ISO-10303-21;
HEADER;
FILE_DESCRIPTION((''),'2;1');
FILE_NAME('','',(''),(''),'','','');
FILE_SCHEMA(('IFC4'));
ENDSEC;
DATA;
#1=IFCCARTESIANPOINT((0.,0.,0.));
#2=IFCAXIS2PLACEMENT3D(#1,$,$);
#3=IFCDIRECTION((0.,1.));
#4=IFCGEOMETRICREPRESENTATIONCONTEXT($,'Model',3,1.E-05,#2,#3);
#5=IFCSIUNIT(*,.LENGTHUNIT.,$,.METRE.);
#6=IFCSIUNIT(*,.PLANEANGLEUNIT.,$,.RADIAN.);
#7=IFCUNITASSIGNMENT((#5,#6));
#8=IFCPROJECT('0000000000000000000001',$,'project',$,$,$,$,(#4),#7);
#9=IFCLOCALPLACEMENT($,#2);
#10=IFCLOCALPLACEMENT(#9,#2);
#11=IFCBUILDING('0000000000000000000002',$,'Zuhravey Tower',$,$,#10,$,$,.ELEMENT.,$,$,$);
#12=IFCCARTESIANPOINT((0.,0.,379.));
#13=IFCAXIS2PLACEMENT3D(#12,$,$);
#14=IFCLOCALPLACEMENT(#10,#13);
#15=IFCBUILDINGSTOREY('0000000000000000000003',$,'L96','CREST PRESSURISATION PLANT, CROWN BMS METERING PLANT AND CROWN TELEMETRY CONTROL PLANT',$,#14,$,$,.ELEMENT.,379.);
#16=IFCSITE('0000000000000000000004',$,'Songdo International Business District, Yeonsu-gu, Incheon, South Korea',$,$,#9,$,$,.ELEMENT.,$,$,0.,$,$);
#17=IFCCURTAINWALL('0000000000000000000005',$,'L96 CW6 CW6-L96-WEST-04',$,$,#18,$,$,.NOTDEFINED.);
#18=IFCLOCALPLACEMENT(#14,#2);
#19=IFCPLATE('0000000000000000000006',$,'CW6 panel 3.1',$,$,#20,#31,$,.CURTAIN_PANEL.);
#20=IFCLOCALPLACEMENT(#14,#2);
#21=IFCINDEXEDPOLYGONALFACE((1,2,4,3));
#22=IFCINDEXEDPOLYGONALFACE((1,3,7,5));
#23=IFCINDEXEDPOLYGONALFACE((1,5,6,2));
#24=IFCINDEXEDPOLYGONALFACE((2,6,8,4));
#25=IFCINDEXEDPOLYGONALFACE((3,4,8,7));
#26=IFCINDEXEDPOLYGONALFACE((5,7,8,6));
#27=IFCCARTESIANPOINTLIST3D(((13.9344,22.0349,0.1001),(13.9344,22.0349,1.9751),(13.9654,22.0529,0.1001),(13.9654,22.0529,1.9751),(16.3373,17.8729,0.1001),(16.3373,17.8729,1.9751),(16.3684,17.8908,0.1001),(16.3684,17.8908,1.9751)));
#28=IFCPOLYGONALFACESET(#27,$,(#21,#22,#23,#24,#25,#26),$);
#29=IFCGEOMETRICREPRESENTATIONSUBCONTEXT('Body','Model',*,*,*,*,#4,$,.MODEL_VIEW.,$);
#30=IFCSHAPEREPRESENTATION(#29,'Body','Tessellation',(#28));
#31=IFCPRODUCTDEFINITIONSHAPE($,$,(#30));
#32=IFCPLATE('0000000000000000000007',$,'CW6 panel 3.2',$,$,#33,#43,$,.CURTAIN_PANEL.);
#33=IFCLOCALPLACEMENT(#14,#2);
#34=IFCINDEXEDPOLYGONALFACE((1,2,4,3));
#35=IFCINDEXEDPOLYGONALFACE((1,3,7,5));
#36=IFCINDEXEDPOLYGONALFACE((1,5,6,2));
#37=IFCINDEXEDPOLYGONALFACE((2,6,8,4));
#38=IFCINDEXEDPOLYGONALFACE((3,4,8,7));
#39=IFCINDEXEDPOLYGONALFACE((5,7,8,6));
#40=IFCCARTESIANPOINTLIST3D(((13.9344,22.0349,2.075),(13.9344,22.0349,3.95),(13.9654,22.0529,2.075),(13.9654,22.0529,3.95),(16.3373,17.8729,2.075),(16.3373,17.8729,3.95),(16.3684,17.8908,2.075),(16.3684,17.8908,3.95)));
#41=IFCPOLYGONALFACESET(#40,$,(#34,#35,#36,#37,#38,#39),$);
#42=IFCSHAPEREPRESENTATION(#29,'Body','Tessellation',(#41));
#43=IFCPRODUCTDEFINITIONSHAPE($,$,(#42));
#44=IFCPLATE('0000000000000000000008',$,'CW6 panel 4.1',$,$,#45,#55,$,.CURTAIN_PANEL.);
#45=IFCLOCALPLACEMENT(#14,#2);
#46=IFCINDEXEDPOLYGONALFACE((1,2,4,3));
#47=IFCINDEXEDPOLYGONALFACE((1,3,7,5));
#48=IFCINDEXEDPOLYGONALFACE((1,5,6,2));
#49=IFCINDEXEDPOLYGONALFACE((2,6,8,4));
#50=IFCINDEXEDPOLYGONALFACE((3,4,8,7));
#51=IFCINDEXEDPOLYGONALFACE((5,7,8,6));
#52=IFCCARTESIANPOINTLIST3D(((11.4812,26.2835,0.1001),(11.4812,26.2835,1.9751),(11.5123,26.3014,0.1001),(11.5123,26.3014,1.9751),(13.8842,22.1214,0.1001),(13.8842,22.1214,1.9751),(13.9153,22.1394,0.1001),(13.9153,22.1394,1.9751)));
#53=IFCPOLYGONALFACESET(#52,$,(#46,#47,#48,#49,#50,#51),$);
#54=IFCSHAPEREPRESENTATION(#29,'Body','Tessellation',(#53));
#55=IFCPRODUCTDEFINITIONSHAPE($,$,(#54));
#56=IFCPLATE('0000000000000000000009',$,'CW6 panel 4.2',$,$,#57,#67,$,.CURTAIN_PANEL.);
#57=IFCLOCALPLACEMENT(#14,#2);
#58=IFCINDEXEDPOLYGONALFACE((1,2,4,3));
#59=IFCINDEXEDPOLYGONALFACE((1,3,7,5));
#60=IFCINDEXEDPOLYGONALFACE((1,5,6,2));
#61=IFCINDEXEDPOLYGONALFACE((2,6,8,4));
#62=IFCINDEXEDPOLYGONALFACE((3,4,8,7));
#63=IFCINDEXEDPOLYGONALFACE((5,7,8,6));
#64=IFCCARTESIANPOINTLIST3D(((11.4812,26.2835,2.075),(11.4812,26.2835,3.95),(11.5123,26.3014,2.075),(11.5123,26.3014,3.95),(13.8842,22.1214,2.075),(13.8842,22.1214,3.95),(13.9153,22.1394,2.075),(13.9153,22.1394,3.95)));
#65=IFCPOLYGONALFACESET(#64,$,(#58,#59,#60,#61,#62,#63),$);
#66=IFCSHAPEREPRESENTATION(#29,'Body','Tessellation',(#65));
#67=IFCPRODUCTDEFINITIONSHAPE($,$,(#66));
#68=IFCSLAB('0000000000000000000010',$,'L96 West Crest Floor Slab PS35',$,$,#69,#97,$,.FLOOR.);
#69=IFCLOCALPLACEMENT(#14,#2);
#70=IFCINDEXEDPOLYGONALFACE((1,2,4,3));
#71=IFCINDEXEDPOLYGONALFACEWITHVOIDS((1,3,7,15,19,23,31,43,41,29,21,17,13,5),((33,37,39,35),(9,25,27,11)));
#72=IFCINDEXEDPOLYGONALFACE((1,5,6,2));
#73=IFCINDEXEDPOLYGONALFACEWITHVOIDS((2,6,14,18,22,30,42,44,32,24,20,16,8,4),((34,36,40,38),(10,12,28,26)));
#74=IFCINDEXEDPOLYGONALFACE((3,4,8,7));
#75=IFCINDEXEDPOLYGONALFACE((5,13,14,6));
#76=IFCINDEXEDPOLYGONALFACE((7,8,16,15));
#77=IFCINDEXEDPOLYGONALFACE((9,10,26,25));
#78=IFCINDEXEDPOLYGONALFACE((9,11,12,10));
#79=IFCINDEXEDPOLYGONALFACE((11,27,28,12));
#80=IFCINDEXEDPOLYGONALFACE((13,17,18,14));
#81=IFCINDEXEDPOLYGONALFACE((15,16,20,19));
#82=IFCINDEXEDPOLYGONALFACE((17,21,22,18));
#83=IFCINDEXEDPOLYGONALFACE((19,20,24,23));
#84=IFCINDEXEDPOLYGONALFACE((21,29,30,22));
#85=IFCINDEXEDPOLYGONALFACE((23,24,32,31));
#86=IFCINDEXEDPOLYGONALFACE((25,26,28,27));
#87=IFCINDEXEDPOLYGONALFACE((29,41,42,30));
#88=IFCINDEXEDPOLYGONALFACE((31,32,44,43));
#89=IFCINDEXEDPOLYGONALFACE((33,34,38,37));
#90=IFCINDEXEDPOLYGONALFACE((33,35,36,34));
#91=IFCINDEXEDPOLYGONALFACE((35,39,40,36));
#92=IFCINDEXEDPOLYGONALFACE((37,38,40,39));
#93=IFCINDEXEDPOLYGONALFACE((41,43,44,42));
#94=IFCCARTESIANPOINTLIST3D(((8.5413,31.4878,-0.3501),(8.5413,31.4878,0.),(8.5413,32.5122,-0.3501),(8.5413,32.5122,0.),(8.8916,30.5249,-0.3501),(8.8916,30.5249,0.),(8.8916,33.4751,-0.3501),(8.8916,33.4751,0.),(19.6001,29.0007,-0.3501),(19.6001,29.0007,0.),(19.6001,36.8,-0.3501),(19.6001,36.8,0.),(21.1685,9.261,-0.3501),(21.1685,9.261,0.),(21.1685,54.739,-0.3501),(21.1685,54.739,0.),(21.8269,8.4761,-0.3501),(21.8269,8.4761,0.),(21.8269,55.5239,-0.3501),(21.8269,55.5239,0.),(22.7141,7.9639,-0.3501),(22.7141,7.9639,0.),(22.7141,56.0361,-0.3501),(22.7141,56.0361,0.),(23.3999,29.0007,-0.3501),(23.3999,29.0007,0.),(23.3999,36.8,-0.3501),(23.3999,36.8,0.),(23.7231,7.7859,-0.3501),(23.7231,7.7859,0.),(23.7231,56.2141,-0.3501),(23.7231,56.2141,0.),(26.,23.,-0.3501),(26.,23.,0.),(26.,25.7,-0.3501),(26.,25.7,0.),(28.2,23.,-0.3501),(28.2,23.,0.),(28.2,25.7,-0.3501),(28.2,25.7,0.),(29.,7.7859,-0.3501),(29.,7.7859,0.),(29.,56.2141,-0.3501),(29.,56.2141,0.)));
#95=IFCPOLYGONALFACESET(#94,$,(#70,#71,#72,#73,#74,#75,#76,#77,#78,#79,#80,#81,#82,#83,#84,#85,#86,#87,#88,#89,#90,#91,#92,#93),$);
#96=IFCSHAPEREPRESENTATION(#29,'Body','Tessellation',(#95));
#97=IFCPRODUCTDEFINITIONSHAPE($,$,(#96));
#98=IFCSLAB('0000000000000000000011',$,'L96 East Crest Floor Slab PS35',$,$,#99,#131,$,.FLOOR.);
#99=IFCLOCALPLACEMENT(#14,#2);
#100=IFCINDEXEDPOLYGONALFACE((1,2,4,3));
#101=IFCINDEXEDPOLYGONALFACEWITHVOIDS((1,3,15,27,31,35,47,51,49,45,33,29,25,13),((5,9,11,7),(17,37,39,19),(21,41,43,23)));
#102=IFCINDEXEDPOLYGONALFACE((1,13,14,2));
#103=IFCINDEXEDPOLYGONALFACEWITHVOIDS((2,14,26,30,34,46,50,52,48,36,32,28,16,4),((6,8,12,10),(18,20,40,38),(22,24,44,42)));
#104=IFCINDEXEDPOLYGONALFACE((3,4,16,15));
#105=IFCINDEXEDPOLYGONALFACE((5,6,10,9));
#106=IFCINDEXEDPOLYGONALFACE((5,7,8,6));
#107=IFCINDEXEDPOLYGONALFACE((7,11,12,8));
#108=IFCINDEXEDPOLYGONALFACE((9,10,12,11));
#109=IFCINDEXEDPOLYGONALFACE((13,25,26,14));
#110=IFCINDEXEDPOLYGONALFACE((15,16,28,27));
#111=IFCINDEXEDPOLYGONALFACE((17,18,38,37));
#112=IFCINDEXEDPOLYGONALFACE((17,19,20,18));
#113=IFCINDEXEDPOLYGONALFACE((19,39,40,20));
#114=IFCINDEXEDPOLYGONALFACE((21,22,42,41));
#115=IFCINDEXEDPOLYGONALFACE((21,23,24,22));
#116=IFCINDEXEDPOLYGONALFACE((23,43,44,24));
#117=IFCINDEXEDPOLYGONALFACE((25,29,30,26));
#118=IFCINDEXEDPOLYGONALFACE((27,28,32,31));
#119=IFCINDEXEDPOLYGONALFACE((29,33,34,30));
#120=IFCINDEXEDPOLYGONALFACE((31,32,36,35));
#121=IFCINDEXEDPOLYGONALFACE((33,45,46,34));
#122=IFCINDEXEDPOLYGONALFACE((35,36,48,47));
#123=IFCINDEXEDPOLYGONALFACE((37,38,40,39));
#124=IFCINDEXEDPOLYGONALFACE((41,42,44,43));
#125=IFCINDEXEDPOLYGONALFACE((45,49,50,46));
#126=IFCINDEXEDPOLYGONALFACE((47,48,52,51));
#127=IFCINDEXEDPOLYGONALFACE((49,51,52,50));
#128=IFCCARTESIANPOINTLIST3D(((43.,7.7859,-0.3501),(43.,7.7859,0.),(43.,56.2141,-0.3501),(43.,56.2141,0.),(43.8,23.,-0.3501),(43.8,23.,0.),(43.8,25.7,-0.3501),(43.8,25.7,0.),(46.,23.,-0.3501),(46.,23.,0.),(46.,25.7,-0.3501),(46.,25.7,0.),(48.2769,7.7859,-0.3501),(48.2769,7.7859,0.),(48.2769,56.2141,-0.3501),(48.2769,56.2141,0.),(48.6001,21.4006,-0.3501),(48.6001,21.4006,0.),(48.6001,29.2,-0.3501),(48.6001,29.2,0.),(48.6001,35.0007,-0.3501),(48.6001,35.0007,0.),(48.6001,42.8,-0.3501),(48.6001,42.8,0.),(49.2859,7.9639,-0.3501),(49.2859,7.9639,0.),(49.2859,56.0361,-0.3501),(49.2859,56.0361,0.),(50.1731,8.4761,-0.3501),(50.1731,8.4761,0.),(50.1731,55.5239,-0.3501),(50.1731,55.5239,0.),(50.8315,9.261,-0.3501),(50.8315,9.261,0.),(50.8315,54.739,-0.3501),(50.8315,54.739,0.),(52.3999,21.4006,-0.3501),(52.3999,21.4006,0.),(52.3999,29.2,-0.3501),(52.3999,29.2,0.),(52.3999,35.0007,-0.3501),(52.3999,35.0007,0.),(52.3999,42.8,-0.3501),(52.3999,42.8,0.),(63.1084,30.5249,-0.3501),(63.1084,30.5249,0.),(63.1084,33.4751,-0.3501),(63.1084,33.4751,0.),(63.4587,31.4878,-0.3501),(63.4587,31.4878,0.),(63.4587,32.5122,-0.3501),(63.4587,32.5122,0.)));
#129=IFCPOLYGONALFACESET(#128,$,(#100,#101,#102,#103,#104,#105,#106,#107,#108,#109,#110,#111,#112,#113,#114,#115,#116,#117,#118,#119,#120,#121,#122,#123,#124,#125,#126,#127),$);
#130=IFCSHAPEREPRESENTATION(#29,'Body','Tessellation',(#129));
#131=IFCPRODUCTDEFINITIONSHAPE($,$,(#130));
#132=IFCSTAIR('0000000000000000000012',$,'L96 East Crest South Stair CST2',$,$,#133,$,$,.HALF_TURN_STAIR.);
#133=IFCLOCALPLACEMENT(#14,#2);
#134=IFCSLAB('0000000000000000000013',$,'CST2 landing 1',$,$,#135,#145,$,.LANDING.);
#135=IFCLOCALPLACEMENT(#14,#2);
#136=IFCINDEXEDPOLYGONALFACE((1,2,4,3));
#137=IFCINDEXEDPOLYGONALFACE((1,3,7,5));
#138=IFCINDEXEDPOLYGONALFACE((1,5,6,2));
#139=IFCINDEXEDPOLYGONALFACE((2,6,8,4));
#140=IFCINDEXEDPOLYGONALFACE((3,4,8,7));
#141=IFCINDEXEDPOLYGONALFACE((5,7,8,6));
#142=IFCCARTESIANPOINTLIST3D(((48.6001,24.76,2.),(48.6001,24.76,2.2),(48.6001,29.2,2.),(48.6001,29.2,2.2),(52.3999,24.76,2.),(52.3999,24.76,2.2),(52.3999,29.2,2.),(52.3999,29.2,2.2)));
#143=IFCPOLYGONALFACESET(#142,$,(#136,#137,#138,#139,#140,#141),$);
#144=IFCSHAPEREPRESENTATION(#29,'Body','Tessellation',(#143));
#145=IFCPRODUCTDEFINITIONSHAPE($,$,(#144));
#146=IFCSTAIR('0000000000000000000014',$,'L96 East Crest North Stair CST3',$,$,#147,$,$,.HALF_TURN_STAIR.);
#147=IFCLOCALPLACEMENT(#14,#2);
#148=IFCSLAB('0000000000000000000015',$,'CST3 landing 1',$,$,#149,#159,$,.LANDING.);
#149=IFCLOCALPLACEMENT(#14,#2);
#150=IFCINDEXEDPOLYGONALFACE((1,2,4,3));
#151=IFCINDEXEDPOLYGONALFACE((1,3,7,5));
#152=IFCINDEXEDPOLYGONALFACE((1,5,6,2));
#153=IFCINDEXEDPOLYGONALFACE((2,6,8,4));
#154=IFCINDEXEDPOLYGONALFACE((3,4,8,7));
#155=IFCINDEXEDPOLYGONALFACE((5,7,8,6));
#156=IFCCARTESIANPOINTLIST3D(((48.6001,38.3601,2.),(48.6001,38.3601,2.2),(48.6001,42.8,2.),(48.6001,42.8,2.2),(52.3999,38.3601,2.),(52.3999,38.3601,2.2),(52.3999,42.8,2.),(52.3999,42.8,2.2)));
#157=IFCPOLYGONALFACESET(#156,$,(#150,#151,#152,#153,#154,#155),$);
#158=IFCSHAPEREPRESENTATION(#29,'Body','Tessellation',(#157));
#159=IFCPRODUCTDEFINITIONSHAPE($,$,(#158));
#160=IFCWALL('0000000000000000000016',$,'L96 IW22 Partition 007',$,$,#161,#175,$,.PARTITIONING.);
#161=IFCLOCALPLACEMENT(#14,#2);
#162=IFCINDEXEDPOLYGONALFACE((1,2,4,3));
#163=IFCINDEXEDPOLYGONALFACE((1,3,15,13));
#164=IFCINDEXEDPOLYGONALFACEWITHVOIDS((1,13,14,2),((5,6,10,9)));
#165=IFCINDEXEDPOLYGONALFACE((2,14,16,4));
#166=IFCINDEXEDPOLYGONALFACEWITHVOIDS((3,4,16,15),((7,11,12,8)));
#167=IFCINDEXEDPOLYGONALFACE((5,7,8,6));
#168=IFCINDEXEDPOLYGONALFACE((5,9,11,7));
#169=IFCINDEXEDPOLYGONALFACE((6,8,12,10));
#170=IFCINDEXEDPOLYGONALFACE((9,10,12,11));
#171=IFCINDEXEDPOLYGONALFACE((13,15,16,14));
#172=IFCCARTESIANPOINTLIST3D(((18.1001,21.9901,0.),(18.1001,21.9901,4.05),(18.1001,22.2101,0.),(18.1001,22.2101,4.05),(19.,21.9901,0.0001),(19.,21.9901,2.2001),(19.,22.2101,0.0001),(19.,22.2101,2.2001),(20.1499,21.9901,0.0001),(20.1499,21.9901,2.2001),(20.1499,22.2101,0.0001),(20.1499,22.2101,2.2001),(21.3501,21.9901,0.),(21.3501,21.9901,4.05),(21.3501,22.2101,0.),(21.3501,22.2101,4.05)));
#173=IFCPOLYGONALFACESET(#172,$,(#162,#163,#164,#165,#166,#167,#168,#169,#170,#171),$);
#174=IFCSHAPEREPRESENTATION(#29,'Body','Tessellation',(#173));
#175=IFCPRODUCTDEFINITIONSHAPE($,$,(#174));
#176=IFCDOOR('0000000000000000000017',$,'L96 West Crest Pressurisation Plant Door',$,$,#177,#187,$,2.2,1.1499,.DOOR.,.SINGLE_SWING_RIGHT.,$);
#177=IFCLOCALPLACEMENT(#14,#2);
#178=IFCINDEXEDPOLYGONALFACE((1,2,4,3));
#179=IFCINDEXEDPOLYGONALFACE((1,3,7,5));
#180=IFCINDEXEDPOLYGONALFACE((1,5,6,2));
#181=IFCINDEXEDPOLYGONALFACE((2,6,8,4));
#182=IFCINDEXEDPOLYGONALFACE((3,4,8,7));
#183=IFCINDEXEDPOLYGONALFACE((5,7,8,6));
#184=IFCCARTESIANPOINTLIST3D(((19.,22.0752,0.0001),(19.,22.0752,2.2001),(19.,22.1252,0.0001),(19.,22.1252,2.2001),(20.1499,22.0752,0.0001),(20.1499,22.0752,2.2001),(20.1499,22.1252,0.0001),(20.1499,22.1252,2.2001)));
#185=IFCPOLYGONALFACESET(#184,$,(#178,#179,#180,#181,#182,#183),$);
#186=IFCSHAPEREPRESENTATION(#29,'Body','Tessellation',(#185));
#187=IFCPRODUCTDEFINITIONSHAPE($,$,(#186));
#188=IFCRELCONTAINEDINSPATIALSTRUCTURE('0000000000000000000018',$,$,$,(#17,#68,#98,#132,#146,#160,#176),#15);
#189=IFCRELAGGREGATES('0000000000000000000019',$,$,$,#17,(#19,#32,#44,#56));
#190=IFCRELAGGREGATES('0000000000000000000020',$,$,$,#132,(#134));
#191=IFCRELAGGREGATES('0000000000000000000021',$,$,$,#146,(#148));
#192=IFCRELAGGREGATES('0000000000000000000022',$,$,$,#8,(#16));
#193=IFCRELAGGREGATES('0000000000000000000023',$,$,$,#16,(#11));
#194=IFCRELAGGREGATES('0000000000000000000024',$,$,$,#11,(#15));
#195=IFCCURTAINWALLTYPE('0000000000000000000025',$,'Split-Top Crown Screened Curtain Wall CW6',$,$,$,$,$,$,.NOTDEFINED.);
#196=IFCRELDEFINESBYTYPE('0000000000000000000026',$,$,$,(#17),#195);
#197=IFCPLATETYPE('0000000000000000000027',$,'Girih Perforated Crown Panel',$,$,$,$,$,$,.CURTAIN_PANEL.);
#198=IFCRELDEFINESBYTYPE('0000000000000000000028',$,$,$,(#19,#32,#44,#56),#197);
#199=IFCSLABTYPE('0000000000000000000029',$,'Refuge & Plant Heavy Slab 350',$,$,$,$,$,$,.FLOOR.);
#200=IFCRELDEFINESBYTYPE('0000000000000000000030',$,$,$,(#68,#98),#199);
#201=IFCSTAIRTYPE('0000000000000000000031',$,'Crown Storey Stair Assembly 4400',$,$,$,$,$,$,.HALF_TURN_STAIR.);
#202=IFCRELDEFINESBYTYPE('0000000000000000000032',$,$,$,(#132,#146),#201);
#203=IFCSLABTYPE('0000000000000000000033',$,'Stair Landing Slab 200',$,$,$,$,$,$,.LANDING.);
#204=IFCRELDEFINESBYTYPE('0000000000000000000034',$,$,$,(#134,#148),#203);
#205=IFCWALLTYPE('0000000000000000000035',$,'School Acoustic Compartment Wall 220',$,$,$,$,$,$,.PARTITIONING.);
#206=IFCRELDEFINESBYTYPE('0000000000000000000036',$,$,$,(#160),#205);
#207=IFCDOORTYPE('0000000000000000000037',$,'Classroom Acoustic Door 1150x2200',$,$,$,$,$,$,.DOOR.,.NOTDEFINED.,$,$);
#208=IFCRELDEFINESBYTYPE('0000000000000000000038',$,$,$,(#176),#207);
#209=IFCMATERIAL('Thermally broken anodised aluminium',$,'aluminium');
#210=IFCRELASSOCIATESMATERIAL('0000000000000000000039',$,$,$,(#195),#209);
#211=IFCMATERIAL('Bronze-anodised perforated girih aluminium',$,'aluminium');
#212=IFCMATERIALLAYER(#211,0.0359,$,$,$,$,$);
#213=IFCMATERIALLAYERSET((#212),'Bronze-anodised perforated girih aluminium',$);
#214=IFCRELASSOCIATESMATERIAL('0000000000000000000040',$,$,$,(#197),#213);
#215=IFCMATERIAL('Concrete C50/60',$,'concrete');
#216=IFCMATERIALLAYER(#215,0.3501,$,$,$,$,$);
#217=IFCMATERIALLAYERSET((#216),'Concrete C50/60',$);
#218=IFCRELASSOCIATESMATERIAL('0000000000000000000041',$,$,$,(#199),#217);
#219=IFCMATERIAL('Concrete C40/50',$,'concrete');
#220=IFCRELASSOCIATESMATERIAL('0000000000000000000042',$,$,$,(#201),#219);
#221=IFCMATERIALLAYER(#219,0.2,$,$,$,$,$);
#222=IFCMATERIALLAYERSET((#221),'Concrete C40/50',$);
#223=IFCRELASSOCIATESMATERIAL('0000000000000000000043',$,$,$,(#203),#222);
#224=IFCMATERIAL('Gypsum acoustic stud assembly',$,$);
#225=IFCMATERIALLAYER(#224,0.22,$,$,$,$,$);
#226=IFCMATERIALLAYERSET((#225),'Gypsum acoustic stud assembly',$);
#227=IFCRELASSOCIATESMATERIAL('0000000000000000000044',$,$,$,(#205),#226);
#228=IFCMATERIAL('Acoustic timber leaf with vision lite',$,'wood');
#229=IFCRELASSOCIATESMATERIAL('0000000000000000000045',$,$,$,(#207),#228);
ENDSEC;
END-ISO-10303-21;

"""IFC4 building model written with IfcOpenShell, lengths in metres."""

from ifc_helpers import new_model, si_unit, direction, frame, frame_2d, origin, origin_2d, place, context, subcontext, project, spatial, polyline, rectangle, outline, extrude, material, layer, layer_set, type_object, element, fill, aggregate, save


model = new_model("IFC4")

# Units and contexts
model_context = context("Model", 3, precision=1e-05, world=origin(), true_north=direction((0.0, 1.0)))
body_context = subcontext(model_context, "Body", "Model", "MODEL_VIEW")
ifc_project = project(units=[si_unit("LENGTHUNIT", "METRE"), si_unit("PLANEANGLEUNIT", "RADIAN")], contexts=[model_context])

# Site, building, storey
site_placement = place(None, origin())
site = spatial("IfcSite", under=ifc_project, at=site_placement, Name="Songdo International Business District, Yeonsu-gu, Incheon, South Korea", CompositionType="ELEMENT", RefElevation=0.0)
building_placement = place(site_placement, origin())
building = spatial("IfcBuilding", under=site, at=building_placement, Name="Zuhravey Tower", CompositionType="ELEMENT")
storey_placement = place(building_placement, frame((0.0, 0.0, 379.0)))
storey = spatial("IfcBuildingStorey", under=building, at=storey_placement, Name="L96", Description="CREST PRESSURISATION PLANT, CROWN BMS METERING PLANT AND CROWN TELEMETRY CONTROL PLANT", CompositionType="ELEMENT", Elevation=379.0)

# Curtain wall
ifc_material_1 = material(Name="Thermally broken anodised aluminium", Category="aluminium")
curtain_wall_type = type_object("IfcCurtainWallType", Name="Split-Top Crown Screened Curtain Wall CW6", PredefinedType="NOTDEFINED", material=ifc_material_1)
curtain_wall_placement = place(storey_placement, origin())
curtain_wall = element("IfcCurtainWall", 1, at=curtain_wall_placement, inside=storey, type_object=curtain_wall_type, Name="L96 CW6 CW6-L96-WEST-04", PredefinedType="NOTDEFINED")

# Shared definitions
ifc_material_2 = material(Name="Concrete C40/50", Category="concrete")

# Plates
ifc_material_3 = material(Name="Bronze-anodised perforated girih aluminium", Category="aluminium")
ifc_layer_1 = layer(ifc_material_3, 0.0359)
ifc_layer_set_1 = layer_set([ifc_layer_1], Name="Bronze-anodised perforated girih aluminium")
plate_type = type_object("IfcPlateType", Name="Girih Perforated Crown Panel", PredefinedType="CURTAIN_PANEL", material=ifc_layer_set_1)
plate_1_placement = place(storey_placement, frame((15.1514, 19.9629, 0.1001), z_axis=(0.0, 0.0, 1.0), x_axis=(-0.499997, 0.866027, 0.0)))
plate_1 = element("IfcPlate", 2, at=plate_1_placement, type_object=plate_type, Name="CW6 panel 3.1", PredefinedType="CURTAIN_PANEL", context=body_context, shape_type="SweptSolid", body=[
    extrude(rectangle(XDim=4.8059, YDim=0.0359, at=origin_2d()), origin(), (0.0, 0.0, 1.0), 1.875),
])
plate_2_placement = place(storey_placement, frame((15.1514, 19.9629, 2.075), z_axis=(0.0, 0.0, 1.0), x_axis=(-0.499997, 0.866027, 0.0)))
plate_2 = element("IfcPlate", 3, at=plate_2_placement, type_object=plate_type, Name="CW6 panel 3.2", PredefinedType="CURTAIN_PANEL", context=body_context, shape_type="SweptSolid", body=[
    extrude(rectangle(XDim=4.8059, YDim=0.0359, at=origin_2d()), origin(), (0.0, 0.0, 1.0), 1.875),
])
plate_3_placement = place(storey_placement, frame((12.6982, 24.2114, 0.1001), z_axis=(0.0, 0.0, 1.0), x_axis=(-0.499997, 0.866027, 0.0)))
plate_3 = element("IfcPlate", 4, at=plate_3_placement, type_object=plate_type, Name="CW6 panel 4.1", PredefinedType="CURTAIN_PANEL", context=body_context, shape_type="SweptSolid", body=[
    extrude(rectangle(XDim=4.8059, YDim=0.0359, at=origin_2d()), origin(), (0.0, 0.0, 1.0), 1.875),
])
plate_4_placement = place(storey_placement, frame((12.6982, 24.2114, 2.075), z_axis=(0.0, 0.0, 1.0), x_axis=(-0.499997, 0.866027, 0.0)))
plate_4 = element("IfcPlate", 5, at=plate_4_placement, type_object=plate_type, Name="CW6 panel 4.2", PredefinedType="CURTAIN_PANEL", context=body_context, shape_type="SweptSolid", body=[
    extrude(rectangle(XDim=4.8059, YDim=0.0359, at=origin_2d()), origin(), (0.0, 0.0, 1.0), 1.875),
])
aggregate(curtain_wall, [plate_1, plate_2, plate_3, plate_4])

# Slabs
ifc_material_4 = material(Name="Concrete C50/60", Category="concrete")
ifc_layer_2 = layer(ifc_material_4, 0.3501)
ifc_layer_set_2 = layer_set([ifc_layer_2], Name="Concrete C50/60")
slab_type_1 = type_object("IfcSlabType", Name="Refuge & Plant Heavy Slab 350", PredefinedType="FLOOR", material=ifc_layer_set_2)
slab_1_placement = place(storey_placement, frame((0.0, 0.0, -0.3501)))
element("IfcSlab", 6, at=slab_1_placement, inside=storey, type_object=slab_type_1, Name="L96 West Crest Floor Slab PS35", PredefinedType="FLOOR", context=body_context, shape_type="SweptSolid", body=[
    extrude(outline(polyline([(23.7231, 7.7859), (22.7141, 7.9639), (21.8269, 8.4761), (21.1685, 9.261), (8.8916, 30.5249), (8.5413, 31.4878), (8.5413, 32.5122), (8.8916, 33.4751), (21.1685, 54.739), (21.8269, 55.5239), (22.7141, 56.0361), (23.7231, 56.2141), (29.0, 56.2141), (29.0, 7.7859), (23.7231, 7.7859)]), holes=[polyline([(23.3999, 29.0007), (23.3999, 36.8), (19.6001, 36.8), (19.6001, 29.0007), (23.3999, 29.0007)]), polyline([(26.0, 23.0), (28.2, 23.0), (28.2, 25.7), (26.0, 25.7), (26.0, 23.0)])]), origin(), (0.0, 0.0, 1.0), 0.3501),
])
slab_2_placement = place(storey_placement, frame((0.0, 0.0, -0.3501)))
element("IfcSlab", 7, at=slab_2_placement, inside=storey, type_object=slab_type_1, Name="L96 East Crest Floor Slab PS35", PredefinedType="FLOOR", context=body_context, shape_type="SweptSolid", body=[
    extrude(outline(polyline([(48.2769, 56.2141), (49.2859, 56.0361), (50.1731, 55.5239), (50.8315, 54.739), (63.1084, 33.4751), (63.4587, 32.5122), (63.4587, 31.4878), (63.1084, 30.5249), (50.8315, 9.261), (50.1731, 8.4761), (49.2859, 7.9639), (48.2769, 7.7859), (43.0, 7.7859), (43.0, 56.2141), (48.2769, 56.2141)]), holes=[polyline([(52.3999, 21.4006), (52.3999, 29.2), (48.6001, 29.2), (48.6001, 21.4006), (52.3999, 21.4006)]), polyline([(52.3999, 35.0007), (52.3999, 42.8), (48.6001, 42.8), (48.6001, 35.0007), (52.3999, 35.0007)]), polyline([(43.8, 23.0), (46.0, 23.0), (46.0, 25.7), (43.8, 25.7), (43.8, 23.0)])]), origin(), (0.0, 0.0, 1.0), 0.3501),
])

# Stairs, slabs
stair_type = type_object("IfcStairType", Name="Crown Storey Stair Assembly 4400", PredefinedType="HALF_TURN_STAIR", material=ifc_material_2)
stair_1_placement = place(storey_placement, origin())
stair_1 = element("IfcStair", 8, at=stair_1_placement, inside=storey, type_object=stair_type, Name="L96 East Crest South Stair CST2", PredefinedType="HALF_TURN_STAIR")
ifc_layer_3 = layer(ifc_material_2, 0.2)
ifc_layer_set_3 = layer_set([ifc_layer_3], Name="Concrete C40/50")
slab_type_2 = type_object("IfcSlabType", Name="Stair Landing Slab 200", PredefinedType="LANDING", material=ifc_layer_set_3)
slab_3_placement = place(storey_placement, frame((0.0, 0.0, 2.0)))
slab_3 = element("IfcSlab", 9, at=slab_3_placement, type_object=slab_type_2, Name="CST2 landing 1", PredefinedType="LANDING", context=body_context, shape_type="SweptSolid", body=[
    extrude(outline(polyline([(52.3999, 24.76), (52.3999, 29.2), (48.6001, 29.2), (48.6001, 24.76), (52.3999, 24.76)])), origin(), (0.0, 0.0, 1.0), 0.2),
])
aggregate(stair_1, [slab_3])
stair_2_placement = place(storey_placement, origin())
stair_2 = element("IfcStair", 10, at=stair_2_placement, inside=storey, type_object=stair_type, Name="L96 East Crest North Stair CST3", PredefinedType="HALF_TURN_STAIR")
slab_4_placement = place(storey_placement, frame((0.0, 0.0, 2.0)))
slab_4 = element("IfcSlab", 11, at=slab_4_placement, type_object=slab_type_2, Name="CST3 landing 1", PredefinedType="LANDING", context=body_context, shape_type="SweptSolid", body=[
    extrude(outline(polyline([(52.3999, 38.3601), (52.3999, 42.8), (48.6001, 42.8), (48.6001, 38.3601), (52.3999, 38.3601)])), origin(), (0.0, 0.0, 1.0), 0.2),
])
aggregate(stair_2, [slab_4])

# Wall, opening, door
ifc_material_5 = material(Name="Gypsum acoustic stud assembly")
ifc_layer_4 = layer(ifc_material_5, 0.22)
ifc_layer_set_4 = layer_set([ifc_layer_4], Name="Gypsum acoustic stud assembly")
wall_type = type_object("IfcWallType", Name="School Acoustic Compartment Wall 220", PredefinedType="PARTITIONING", material=ifc_layer_set_4)
wall_1_placement = place(storey_placement, frame((18.1001, 22.1001, 0.0), z_axis=(0.0, 0.0, 1.0), x_axis=(1.0, 0.0, 0.0)))
wall_1 = element("IfcWall", 12, at=wall_1_placement, inside=storey, type_object=wall_type, Name="L96 IW22 Partition 007", PredefinedType="PARTITIONING", context=body_context, shape_type="SweptSolid", body=[
    extrude(rectangle(XDim=3.25, YDim=0.22, at=frame_2d((1.625, 0.0))), origin(), (0.0, 0.0, 1.0), 4.05),
])
opening_1_placement = place(wall_1_placement, frame((0.8999, 0.0, 0.0)))
opening_1 = element("IfcOpeningElement", 13, at=opening_1_placement, cuts=wall_1, PredefinedType="OPENING", context=body_context, shape_type="SweptSolid", body=[
    extrude(rectangle(XDim=1.1499, YDim=2.2, at=frame_2d((0.575, 1.1001))), frame((0.0, 0.1221, 0.0), z_axis=(0.0, -1.0, 0.0), x_axis=(1.0, 0.0, 0.0)), (0.0, 0.0, 1.0), 0.2439),
])
ifc_material_6 = material(Name="Acoustic timber leaf with vision lite", Category="wood")
door_type = type_object("IfcDoorType", Name="Classroom Acoustic Door 1150x2200", OperationType="NOTDEFINED", PredefinedType="DOOR", material=ifc_material_6)
door_1_placement = place(opening_1_placement, frame((1.1499, 0.0, 0.0), z_axis=(0.0, 0.0, 1.0), x_axis=(-1.0, 0.0, 0.0)))
door_1 = element("IfcDoor", 14, at=door_1_placement, inside=storey, type_object=door_type, Name="L96 West Crest Pressurisation Plant Door", OperationType="SINGLE_SWING_RIGHT", OverallHeight=2.2, OverallWidth=1.1499, PredefinedType="DOOR", context=body_context, shape_type="SweptSolid", body=[
    extrude(rectangle(XDim=1.1499, YDim=2.2, at=frame_2d((0.575, 1.1001))), frame((0.0, 0.0249, 0.0), z_axis=(0.0, -1.0, 0.0), x_axis=(1.0, 0.0, 0.0)), (0.0, 0.0, 1.0), 0.05),
])
fill(opening_1, door_1)

save(model, "model.ifc")
